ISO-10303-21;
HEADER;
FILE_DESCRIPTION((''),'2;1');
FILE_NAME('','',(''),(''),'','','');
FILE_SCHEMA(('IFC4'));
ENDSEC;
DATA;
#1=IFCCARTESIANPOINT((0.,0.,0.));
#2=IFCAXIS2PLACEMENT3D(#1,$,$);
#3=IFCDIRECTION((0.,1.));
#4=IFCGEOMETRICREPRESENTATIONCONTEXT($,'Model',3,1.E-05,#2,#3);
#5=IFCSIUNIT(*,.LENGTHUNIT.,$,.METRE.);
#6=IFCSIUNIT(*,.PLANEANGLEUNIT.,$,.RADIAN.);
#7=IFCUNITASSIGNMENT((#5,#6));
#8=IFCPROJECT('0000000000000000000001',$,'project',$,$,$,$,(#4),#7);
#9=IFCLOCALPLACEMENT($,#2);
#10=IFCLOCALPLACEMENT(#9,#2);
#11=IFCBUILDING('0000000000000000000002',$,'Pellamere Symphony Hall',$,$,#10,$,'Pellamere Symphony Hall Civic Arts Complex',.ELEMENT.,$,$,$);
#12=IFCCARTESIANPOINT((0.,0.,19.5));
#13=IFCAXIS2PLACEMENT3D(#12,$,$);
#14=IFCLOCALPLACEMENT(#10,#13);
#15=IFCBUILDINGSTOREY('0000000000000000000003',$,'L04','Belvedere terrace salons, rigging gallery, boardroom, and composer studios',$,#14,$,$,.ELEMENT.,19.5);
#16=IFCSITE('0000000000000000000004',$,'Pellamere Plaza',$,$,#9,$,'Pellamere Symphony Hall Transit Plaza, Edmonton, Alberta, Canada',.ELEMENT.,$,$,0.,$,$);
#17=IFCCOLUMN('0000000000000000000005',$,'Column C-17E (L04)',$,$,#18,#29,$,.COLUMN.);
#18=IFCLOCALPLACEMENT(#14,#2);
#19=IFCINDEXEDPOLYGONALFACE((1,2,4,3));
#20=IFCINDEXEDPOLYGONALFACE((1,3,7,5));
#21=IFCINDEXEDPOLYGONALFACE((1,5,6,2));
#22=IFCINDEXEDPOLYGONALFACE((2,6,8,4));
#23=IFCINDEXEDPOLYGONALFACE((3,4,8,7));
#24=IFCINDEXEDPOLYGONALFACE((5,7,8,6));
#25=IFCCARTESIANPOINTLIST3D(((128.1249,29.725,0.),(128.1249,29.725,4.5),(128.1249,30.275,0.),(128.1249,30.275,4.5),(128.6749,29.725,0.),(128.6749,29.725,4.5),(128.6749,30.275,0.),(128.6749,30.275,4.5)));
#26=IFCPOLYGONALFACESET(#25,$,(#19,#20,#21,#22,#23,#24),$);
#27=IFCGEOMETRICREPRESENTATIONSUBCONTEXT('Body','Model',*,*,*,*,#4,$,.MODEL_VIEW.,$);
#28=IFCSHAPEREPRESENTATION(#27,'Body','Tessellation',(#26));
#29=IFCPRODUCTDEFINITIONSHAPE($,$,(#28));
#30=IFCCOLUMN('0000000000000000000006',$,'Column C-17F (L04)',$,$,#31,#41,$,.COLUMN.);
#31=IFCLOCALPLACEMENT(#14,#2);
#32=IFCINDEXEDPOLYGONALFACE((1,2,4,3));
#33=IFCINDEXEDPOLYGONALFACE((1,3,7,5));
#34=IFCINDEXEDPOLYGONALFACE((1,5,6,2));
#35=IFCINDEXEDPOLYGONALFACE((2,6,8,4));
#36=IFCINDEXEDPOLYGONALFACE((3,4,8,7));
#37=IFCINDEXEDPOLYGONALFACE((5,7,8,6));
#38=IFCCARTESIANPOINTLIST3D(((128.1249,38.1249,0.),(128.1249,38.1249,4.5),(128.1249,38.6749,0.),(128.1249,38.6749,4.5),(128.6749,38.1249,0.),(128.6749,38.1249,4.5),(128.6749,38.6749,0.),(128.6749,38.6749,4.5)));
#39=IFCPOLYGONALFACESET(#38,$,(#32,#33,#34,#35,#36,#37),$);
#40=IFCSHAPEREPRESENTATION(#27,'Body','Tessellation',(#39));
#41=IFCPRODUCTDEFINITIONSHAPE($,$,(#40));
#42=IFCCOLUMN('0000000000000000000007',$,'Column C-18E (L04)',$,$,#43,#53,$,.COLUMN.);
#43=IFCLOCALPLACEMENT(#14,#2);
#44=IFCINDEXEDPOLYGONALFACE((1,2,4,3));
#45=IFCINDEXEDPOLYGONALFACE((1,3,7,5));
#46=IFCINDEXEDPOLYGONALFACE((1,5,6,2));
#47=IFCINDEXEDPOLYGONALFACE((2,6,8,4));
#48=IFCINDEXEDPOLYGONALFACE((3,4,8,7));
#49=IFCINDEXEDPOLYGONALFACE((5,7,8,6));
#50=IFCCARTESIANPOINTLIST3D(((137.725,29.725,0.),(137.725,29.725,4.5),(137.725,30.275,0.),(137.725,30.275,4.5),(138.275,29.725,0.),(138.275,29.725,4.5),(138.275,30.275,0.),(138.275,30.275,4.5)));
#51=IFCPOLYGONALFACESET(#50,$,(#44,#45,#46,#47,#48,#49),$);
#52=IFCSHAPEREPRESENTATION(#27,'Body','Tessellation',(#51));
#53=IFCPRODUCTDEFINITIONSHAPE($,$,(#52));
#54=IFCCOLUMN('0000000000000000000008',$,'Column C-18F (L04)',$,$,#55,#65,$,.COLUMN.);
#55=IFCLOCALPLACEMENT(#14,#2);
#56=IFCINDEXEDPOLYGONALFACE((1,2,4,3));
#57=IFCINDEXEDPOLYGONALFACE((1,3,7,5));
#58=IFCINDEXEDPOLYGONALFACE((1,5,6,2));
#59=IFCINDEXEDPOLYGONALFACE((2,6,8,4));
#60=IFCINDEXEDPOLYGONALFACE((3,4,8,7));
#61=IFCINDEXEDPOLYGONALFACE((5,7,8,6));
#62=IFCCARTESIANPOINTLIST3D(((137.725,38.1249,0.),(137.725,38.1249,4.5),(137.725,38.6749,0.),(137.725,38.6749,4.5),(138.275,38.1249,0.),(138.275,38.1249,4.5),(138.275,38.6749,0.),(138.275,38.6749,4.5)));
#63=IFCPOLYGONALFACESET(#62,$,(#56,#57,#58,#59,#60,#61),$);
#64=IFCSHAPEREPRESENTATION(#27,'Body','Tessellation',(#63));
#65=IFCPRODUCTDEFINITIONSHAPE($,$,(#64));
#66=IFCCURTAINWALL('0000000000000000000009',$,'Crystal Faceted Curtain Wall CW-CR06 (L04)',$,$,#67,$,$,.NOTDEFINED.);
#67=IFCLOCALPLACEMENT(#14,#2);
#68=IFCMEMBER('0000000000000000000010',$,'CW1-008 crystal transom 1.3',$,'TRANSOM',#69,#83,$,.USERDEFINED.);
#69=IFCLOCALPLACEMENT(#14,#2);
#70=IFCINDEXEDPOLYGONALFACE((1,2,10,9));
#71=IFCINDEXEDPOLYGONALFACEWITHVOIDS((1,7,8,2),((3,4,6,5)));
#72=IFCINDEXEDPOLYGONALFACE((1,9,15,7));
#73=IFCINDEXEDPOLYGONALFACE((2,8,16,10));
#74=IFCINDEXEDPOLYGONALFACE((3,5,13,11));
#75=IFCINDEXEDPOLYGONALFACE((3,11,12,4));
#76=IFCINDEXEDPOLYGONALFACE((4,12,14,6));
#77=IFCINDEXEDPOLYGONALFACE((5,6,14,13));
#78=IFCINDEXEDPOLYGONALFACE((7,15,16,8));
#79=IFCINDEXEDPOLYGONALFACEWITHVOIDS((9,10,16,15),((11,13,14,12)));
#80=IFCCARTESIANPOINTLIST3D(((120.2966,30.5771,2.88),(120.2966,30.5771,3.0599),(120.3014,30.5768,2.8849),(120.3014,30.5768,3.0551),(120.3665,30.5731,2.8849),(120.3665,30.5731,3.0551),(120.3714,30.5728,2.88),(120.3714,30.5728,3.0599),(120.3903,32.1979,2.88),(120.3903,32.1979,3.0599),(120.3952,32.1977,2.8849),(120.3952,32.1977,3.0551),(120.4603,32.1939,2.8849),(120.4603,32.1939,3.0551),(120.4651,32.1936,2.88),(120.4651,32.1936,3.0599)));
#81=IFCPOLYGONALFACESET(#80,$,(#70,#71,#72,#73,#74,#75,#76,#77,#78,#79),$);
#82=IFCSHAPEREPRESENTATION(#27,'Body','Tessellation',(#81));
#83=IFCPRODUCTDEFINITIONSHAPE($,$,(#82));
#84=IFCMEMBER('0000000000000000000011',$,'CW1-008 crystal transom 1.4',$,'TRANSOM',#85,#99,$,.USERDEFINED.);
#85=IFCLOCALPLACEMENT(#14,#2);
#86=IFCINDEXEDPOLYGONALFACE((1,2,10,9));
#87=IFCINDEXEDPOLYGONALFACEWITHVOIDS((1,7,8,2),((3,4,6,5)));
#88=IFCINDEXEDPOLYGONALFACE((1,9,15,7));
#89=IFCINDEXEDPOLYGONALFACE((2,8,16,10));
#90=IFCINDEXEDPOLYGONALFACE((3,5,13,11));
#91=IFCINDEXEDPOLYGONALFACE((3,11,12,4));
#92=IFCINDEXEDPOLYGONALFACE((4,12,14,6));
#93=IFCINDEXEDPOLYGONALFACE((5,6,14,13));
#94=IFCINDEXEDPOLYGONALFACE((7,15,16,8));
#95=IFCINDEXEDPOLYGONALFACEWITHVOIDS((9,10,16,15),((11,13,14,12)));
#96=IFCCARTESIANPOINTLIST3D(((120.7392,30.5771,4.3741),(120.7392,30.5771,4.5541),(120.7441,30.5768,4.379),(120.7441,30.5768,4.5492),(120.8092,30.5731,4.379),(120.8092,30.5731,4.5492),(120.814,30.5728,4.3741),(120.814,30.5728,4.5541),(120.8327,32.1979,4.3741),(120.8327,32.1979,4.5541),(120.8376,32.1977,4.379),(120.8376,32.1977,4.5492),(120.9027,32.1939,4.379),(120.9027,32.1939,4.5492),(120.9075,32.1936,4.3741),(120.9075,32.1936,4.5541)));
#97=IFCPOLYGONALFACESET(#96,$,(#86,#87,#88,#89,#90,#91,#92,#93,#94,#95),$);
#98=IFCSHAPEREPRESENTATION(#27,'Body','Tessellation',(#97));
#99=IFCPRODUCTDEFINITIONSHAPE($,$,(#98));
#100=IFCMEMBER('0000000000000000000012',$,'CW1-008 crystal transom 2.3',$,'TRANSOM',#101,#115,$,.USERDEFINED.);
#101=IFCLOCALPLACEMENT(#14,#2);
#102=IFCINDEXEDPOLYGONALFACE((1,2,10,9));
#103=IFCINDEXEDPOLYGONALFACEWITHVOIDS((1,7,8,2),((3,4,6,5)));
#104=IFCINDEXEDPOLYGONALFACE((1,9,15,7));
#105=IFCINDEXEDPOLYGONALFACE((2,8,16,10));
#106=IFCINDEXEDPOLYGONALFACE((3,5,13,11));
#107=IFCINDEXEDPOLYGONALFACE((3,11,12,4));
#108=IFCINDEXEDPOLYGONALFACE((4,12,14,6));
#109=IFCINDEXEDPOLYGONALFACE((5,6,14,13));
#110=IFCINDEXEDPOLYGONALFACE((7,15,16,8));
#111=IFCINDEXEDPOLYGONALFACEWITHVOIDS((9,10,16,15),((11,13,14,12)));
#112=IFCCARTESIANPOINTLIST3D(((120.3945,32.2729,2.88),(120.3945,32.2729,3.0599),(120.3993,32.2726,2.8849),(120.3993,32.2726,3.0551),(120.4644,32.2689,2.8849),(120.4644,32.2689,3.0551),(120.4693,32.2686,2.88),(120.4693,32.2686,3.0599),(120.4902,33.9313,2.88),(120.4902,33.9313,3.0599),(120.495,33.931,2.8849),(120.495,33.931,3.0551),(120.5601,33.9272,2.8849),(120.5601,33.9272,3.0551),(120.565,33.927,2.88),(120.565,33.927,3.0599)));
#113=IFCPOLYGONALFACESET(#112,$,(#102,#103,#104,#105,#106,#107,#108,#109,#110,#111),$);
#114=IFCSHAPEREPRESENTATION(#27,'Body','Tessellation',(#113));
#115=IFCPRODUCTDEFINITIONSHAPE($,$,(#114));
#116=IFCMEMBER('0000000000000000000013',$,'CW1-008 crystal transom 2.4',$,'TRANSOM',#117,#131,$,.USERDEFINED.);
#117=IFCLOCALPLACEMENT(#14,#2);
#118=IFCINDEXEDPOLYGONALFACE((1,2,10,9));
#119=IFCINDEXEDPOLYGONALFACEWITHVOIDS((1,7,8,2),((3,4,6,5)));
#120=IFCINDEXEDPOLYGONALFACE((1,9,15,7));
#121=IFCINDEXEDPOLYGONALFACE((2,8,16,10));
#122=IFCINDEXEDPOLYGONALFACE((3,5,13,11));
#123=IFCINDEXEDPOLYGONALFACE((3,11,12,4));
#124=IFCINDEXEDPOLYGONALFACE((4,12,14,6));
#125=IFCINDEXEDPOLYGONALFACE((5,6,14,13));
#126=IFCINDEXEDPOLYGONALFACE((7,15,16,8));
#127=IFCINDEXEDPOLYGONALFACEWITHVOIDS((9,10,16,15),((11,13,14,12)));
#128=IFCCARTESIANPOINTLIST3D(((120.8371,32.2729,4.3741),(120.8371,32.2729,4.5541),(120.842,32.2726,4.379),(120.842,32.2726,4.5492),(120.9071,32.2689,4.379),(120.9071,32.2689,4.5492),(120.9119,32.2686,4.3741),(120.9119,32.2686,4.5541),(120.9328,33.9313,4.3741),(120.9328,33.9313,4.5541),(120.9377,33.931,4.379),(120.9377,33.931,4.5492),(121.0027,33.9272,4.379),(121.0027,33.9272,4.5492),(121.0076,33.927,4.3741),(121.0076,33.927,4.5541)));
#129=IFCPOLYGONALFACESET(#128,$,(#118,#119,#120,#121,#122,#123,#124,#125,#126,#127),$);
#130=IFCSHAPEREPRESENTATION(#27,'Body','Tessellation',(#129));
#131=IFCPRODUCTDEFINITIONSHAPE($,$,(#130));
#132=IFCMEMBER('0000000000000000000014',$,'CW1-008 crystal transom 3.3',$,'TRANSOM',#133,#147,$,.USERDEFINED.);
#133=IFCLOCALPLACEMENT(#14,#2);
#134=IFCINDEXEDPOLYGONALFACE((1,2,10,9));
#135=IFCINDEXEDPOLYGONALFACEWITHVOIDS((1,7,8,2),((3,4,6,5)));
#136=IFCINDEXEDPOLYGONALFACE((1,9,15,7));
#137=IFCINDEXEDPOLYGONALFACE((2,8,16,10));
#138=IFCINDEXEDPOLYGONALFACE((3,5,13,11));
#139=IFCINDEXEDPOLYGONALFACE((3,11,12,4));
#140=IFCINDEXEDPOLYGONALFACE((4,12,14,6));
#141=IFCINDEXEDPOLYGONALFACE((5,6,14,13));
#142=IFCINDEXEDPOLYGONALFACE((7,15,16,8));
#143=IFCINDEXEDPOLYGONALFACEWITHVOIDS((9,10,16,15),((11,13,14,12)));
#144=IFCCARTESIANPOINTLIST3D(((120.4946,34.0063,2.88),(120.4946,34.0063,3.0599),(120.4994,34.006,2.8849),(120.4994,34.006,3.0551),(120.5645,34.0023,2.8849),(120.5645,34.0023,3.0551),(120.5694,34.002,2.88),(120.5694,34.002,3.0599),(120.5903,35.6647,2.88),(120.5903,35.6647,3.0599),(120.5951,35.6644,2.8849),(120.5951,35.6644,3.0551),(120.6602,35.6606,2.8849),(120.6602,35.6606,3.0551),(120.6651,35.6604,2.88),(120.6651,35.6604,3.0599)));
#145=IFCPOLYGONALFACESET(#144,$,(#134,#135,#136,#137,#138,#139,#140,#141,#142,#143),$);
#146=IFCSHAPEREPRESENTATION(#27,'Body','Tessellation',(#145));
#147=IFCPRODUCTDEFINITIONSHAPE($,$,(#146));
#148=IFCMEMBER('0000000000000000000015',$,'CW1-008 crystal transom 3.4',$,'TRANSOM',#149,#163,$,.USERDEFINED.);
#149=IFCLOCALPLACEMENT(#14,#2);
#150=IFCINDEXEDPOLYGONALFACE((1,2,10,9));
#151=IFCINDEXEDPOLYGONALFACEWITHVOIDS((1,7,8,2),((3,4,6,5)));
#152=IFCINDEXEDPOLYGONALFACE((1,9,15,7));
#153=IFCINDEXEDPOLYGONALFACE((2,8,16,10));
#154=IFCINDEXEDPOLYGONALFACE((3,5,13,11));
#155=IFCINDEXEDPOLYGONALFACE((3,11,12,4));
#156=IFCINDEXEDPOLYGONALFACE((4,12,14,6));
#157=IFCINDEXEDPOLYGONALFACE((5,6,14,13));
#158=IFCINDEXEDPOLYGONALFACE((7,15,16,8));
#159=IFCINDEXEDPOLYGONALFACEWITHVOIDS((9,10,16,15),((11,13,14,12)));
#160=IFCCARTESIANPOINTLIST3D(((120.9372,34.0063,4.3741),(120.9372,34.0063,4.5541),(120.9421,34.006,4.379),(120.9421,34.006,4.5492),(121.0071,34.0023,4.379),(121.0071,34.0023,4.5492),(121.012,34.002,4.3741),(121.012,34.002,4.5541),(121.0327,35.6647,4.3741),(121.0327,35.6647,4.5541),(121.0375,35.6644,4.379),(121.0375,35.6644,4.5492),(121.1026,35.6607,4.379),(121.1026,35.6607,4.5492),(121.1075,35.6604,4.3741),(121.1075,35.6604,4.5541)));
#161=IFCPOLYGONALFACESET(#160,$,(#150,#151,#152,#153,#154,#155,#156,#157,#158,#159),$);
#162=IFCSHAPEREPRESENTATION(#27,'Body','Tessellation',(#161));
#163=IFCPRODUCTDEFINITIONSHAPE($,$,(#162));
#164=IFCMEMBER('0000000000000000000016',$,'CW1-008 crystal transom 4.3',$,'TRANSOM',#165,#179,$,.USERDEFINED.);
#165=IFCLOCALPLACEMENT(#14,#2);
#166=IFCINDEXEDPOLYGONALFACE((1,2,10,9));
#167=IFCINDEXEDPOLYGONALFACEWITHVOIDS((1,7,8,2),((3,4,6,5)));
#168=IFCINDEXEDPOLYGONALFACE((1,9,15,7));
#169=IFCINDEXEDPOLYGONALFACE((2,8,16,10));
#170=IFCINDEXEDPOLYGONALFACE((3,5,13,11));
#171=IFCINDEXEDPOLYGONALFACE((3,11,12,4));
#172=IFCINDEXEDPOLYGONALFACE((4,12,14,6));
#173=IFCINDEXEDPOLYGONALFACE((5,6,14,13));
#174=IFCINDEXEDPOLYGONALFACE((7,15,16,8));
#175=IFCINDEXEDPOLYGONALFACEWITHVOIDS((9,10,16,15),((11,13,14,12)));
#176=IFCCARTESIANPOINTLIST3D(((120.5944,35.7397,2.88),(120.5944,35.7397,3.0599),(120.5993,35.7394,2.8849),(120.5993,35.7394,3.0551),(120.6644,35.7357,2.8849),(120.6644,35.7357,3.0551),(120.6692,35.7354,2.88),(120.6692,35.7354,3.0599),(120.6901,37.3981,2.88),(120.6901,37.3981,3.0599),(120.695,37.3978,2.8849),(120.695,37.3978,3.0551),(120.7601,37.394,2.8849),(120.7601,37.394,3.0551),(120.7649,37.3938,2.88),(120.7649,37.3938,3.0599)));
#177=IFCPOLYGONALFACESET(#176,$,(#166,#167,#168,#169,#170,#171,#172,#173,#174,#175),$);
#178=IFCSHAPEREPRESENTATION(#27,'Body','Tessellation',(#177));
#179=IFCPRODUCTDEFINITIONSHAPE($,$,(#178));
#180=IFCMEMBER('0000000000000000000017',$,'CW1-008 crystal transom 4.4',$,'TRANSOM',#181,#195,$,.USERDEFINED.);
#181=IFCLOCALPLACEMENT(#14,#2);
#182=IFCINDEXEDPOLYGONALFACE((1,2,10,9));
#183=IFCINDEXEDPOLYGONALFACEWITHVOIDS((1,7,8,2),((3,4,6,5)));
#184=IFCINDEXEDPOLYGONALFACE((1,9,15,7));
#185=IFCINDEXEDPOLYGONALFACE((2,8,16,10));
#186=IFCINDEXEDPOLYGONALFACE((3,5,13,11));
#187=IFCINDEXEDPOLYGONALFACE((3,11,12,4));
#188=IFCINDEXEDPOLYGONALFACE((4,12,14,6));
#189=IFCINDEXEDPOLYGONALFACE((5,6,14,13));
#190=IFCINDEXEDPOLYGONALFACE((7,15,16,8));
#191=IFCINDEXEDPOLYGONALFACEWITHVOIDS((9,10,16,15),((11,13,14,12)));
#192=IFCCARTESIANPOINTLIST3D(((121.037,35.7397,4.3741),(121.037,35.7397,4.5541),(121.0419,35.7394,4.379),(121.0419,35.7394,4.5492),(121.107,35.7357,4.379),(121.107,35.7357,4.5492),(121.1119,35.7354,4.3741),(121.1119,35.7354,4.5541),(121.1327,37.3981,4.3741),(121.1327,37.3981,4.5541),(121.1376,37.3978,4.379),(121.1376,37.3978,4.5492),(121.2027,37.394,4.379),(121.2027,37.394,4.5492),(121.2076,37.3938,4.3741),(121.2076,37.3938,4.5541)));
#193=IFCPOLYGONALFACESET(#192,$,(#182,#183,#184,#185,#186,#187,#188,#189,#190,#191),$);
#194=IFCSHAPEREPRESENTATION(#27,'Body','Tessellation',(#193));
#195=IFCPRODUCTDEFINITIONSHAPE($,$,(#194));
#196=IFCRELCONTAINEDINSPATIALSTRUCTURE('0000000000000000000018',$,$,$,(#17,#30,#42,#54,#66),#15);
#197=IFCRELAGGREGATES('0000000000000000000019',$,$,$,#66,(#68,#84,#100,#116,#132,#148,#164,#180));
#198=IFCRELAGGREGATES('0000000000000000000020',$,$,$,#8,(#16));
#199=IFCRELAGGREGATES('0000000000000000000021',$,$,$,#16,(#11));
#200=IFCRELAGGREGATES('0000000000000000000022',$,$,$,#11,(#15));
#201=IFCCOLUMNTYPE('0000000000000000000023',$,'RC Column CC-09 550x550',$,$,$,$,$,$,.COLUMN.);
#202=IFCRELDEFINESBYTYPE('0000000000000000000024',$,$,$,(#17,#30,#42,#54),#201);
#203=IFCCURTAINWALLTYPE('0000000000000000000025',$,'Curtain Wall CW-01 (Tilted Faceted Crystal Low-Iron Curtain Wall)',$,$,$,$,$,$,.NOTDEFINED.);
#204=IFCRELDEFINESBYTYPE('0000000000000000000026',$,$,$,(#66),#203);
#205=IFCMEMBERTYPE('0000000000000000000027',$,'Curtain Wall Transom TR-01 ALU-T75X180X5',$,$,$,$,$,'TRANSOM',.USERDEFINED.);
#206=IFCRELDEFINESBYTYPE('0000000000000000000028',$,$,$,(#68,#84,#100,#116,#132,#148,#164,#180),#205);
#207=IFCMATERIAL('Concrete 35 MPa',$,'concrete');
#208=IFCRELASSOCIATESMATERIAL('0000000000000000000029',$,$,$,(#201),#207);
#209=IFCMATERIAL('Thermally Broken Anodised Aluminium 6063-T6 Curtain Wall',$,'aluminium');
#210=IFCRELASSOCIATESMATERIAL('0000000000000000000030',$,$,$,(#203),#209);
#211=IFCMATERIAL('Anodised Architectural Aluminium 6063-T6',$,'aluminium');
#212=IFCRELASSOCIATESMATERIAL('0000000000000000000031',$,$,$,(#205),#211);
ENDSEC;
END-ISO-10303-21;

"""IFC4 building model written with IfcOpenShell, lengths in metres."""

from ifc_helpers import new_model, si_unit, direction, frame, origin, origin_2d, place, context, subcontext, project, spatial, rectangle, hollow_rectangle, extrude, material, material_profile, profile_set, type_object, element, aggregate, save


model = new_model("IFC4")

# Units and contexts
model_context = context("Model", 3, precision=1e-05, world=origin(), true_north=direction((0.0, 1.0)))
body_context = subcontext(model_context, "Body", "Model", "MODEL_VIEW")
ifc_project = project(units=[si_unit("LENGTHUNIT", "METRE"), si_unit("PLANEANGLEUNIT", "RADIAN")], contexts=[model_context])

# Site, building, storey
site_placement = place(None, origin())
site = spatial("IfcSite", under=ifc_project, at=site_placement, Name="Pellamere Plaza", LongName="Pellamere Symphony Hall Transit Plaza, Edmonton, Alberta, Canada", CompositionType="ELEMENT", RefElevation=0.0)
building_placement = place(site_placement, origin())
building = spatial("IfcBuilding", under=site, at=building_placement, Name="Pellamere Symphony Hall", LongName="Pellamere Symphony Hall Civic Arts Complex", CompositionType="ELEMENT")
storey_placement = place(building_placement, frame((0.0, 0.0, 19.5)))
storey = spatial("IfcBuildingStorey", under=building, at=storey_placement, Name="L04", Description="Belvedere terrace salons, rigging gallery, boardroom, and composer studios", CompositionType="ELEMENT", Elevation=19.5)

# Columns
ifc_material_1 = material(Name="Concrete 35 MPa", Category="concrete")
ifc_material_profile_1 = material_profile(ifc_material_1, rectangle(XDim=0.55, YDim=0.55, at=origin_2d()), Name="RC 550x550")
ifc_profile_set_1 = profile_set([ifc_material_profile_1], Name="Concrete 35 MPa")
column_type = type_object("IfcColumnType", Name="RC Column CC-09 550x550", PredefinedType="COLUMN", material=ifc_profile_set_1)
for number, where, z_axis, x_axis, name in (
    (1, (128.3999, 30.0, 0.0), (0.0, 0.0, 1.0), (1.0, 0.0, 0.0), "Column C-17E (L04)"),
    (2, (128.3999, 38.3999, 0.0), (0.0, 0.0, 1.0), (1.0, 0.0, 0.0), "Column C-17F (L04)"),
    (3, (138.0, 30.0, 0.0), (0.0, 0.0, 1.0), (1.0, 0.0, 0.0), "Column C-18E (L04)"),
    (4, (138.0, 38.3999, 0.0), (0.0, 0.0, 1.0), (1.0, 0.0, 0.0), "Column C-18F (L04)"),
):
    element("IfcColumn", number, at=place(storey_placement, frame(where, z_axis=z_axis, x_axis=x_axis)), inside=storey, type_object=column_type, Name=name, PredefinedType="COLUMN", context=body_context, shape_type="SweptSolid", body=[
        extrude(rectangle(XDim=0.55, YDim=0.55, at=origin_2d()), origin(), (0.0, 0.0, 1.0), 4.5),
    ])

# Curtain wall, members
ifc_material_2 = material(Name="Thermally Broken Anodised Aluminium 6063-T6 Curtain Wall", Category="aluminium")
curtain_wall_type = type_object("IfcCurtainWallType", Name="Curtain Wall CW-01 (Tilted Faceted Crystal Low-Iron Curtain Wall)", PredefinedType="NOTDEFINED", material=ifc_material_2)
curtain_wall_placement = place(storey_placement, origin())
curtain_wall = element("IfcCurtainWall", 5, at=curtain_wall_placement, inside=storey, type_object=curtain_wall_type, Name="Crystal Faceted Curtain Wall CW-CR06 (L04)", PredefinedType="NOTDEFINED")
ifc_material_3 = material(Name="Anodised Architectural Aluminium 6063-T6", Category="aluminium")
ifc_material_profile_2 = material_profile(ifc_material_3, hollow_rectangle(XDim=0.075, YDim=0.1799, WallThickness=0.0049, at=origin_2d()), Name="ALU-T75X180X5")
ifc_profile_set_2 = profile_set([ifc_material_profile_2], Name="Anodised Architectural Aluminium 6063-T6")
member_type = type_object("IfcMemberType", Name="Curtain Wall Transom TR-01 ALU-T75X180X5", ElementType="TRANSOM", PredefinedType="USERDEFINED", material=ifc_profile_set_2)
member_1_placement = place(storey_placement, frame((120.334, 30.575, 2.97), z_axis=(0.057744, 0.998331, 0.0), x_axis=(-0.998331, 0.057744, 0.0)))
member_1 = element("IfcMember", 6, at=member_1_placement, type_object=member_type, Name="CW1-008 crystal transom 1.3", ObjectType="TRANSOM", PredefinedType="USERDEFINED", context=body_context, shape_type="SweptSolid", body=[
    extrude(hollow_rectangle(XDim=0.075, YDim=0.1799, WallThickness=0.0049, at=origin_2d()), origin(), (0.0, 0.0, 1.0), 1.6235),
])
member_2_placement = place(storey_placement, frame((120.7766, 30.575, 4.4641), z_axis=(0.057594, 0.99834, 0.0), x_axis=(-0.99834, 0.057594, 0.0)))
member_2 = element("IfcMember", 7, at=member_2_placement, type_object=member_type, Name="CW1-008 crystal transom 1.4", ObjectType="TRANSOM", PredefinedType="USERDEFINED", context=body_context, shape_type="SweptSolid", body=[
    extrude(hollow_rectangle(XDim=0.075, YDim=0.1799, WallThickness=0.0049, at=origin_2d()), origin(), (0.0, 0.0, 1.0), 1.6235),
])
member_3_placement = place(storey_placement, frame((120.4319, 32.2708, 2.97), z_axis=(0.057611, 0.998339, 0.0), x_axis=(-0.998339, 0.057611, 0.0)))
member_3 = element("IfcMember", 8, at=member_3_placement, type_object=member_type, Name="CW1-008 crystal transom 2.3", ObjectType="TRANSOM", PredefinedType="USERDEFINED", context=body_context, shape_type="SweptSolid", body=[
    extrude(hollow_rectangle(XDim=0.075, YDim=0.1799, WallThickness=0.0049, at=origin_2d()), origin(), (0.0, 0.0, 1.0), 1.6611),
])
member_4_placement = place(storey_placement, frame((120.8745, 32.2708, 4.4641), z_axis=(0.057611, 0.998339, 0.0), x_axis=(-0.998339, 0.057611, 0.0)))
member_4 = element("IfcMember", 9, at=member_4_placement, type_object=member_type, Name="CW1-008 crystal transom 2.4", ObjectType="TRANSOM", PredefinedType="USERDEFINED", context=body_context, shape_type="SweptSolid", body=[
    extrude(hollow_rectangle(XDim=0.075, YDim=0.1799, WallThickness=0.0049, at=origin_2d()), origin(), (0.0, 0.0, 1.0), 1.6611),
])
member_5_placement = place(storey_placement, frame((120.532, 34.0042, 2.97), z_axis=(0.057611, 0.998339, 0.0), x_axis=(-0.998339, 0.057611, 0.0)))
member_5 = element("IfcMember", 10, at=member_5_placement, type_object=member_type, Name="CW1-008 crystal transom 3.3", ObjectType="TRANSOM", PredefinedType="USERDEFINED", context=body_context, shape_type="SweptSolid", body=[
    extrude(hollow_rectangle(XDim=0.075, YDim=0.1799, WallThickness=0.0049, at=origin_2d()), origin(), (0.0, 0.0, 1.0), 1.6611),
])
member_6_placement = place(storey_placement, frame((120.9746, 34.0042, 4.4641), z_axis=(0.057464, 0.998348, 0.0), x_axis=(-0.998348, 0.057464, 0.0)))
member_6 = element("IfcMember", 11, at=member_6_placement, type_object=member_type, Name="CW1-008 crystal transom 3.4", ObjectType="TRANSOM", PredefinedType="USERDEFINED", context=body_context, shape_type="SweptSolid", body=[
    extrude(hollow_rectangle(XDim=0.075, YDim=0.1799, WallThickness=0.0049, at=origin_2d()), origin(), (0.0, 0.0, 1.0), 1.6611),
])
member_7_placement = place(storey_placement, frame((120.6318, 35.7375, 2.97), z_axis=(0.057611, 0.998339, 0.0), x_axis=(-0.998339, 0.057611, 0.0)))
member_7 = element("IfcMember", 12, at=member_7_placement, type_object=member_type, Name="CW1-008 crystal transom 4.3", ObjectType="TRANSOM", PredefinedType="USERDEFINED", context=body_context, shape_type="SweptSolid", body=[
    extrude(hollow_rectangle(XDim=0.075, YDim=0.1799, WallThickness=0.0049, at=origin_2d()), origin(), (0.0, 0.0, 1.0), 1.6611),
])
member_8_placement = place(storey_placement, frame((121.0745, 35.7375, 4.4641), z_axis=(0.057611, 0.998339, 0.0), x_axis=(-0.998339, 0.057611, 0.0)))
member_8 = element("IfcMember", 13, at=member_8_placement, type_object=member_type, Name="CW1-008 crystal transom 4.4", ObjectType="TRANSOM", PredefinedType="USERDEFINED", context=body_context, shape_type="SweptSolid", body=[
    extrude(hollow_rectangle(XDim=0.075, YDim=0.1799, WallThickness=0.0049, at=origin_2d()), origin(), (0.0, 0.0, 1.0), 1.6611),
])

aggregate(curtain_wall, [member_1, member_2, member_3, member_4, member_5, member_6, member_7, member_8])

save(model, "model.ifc")
